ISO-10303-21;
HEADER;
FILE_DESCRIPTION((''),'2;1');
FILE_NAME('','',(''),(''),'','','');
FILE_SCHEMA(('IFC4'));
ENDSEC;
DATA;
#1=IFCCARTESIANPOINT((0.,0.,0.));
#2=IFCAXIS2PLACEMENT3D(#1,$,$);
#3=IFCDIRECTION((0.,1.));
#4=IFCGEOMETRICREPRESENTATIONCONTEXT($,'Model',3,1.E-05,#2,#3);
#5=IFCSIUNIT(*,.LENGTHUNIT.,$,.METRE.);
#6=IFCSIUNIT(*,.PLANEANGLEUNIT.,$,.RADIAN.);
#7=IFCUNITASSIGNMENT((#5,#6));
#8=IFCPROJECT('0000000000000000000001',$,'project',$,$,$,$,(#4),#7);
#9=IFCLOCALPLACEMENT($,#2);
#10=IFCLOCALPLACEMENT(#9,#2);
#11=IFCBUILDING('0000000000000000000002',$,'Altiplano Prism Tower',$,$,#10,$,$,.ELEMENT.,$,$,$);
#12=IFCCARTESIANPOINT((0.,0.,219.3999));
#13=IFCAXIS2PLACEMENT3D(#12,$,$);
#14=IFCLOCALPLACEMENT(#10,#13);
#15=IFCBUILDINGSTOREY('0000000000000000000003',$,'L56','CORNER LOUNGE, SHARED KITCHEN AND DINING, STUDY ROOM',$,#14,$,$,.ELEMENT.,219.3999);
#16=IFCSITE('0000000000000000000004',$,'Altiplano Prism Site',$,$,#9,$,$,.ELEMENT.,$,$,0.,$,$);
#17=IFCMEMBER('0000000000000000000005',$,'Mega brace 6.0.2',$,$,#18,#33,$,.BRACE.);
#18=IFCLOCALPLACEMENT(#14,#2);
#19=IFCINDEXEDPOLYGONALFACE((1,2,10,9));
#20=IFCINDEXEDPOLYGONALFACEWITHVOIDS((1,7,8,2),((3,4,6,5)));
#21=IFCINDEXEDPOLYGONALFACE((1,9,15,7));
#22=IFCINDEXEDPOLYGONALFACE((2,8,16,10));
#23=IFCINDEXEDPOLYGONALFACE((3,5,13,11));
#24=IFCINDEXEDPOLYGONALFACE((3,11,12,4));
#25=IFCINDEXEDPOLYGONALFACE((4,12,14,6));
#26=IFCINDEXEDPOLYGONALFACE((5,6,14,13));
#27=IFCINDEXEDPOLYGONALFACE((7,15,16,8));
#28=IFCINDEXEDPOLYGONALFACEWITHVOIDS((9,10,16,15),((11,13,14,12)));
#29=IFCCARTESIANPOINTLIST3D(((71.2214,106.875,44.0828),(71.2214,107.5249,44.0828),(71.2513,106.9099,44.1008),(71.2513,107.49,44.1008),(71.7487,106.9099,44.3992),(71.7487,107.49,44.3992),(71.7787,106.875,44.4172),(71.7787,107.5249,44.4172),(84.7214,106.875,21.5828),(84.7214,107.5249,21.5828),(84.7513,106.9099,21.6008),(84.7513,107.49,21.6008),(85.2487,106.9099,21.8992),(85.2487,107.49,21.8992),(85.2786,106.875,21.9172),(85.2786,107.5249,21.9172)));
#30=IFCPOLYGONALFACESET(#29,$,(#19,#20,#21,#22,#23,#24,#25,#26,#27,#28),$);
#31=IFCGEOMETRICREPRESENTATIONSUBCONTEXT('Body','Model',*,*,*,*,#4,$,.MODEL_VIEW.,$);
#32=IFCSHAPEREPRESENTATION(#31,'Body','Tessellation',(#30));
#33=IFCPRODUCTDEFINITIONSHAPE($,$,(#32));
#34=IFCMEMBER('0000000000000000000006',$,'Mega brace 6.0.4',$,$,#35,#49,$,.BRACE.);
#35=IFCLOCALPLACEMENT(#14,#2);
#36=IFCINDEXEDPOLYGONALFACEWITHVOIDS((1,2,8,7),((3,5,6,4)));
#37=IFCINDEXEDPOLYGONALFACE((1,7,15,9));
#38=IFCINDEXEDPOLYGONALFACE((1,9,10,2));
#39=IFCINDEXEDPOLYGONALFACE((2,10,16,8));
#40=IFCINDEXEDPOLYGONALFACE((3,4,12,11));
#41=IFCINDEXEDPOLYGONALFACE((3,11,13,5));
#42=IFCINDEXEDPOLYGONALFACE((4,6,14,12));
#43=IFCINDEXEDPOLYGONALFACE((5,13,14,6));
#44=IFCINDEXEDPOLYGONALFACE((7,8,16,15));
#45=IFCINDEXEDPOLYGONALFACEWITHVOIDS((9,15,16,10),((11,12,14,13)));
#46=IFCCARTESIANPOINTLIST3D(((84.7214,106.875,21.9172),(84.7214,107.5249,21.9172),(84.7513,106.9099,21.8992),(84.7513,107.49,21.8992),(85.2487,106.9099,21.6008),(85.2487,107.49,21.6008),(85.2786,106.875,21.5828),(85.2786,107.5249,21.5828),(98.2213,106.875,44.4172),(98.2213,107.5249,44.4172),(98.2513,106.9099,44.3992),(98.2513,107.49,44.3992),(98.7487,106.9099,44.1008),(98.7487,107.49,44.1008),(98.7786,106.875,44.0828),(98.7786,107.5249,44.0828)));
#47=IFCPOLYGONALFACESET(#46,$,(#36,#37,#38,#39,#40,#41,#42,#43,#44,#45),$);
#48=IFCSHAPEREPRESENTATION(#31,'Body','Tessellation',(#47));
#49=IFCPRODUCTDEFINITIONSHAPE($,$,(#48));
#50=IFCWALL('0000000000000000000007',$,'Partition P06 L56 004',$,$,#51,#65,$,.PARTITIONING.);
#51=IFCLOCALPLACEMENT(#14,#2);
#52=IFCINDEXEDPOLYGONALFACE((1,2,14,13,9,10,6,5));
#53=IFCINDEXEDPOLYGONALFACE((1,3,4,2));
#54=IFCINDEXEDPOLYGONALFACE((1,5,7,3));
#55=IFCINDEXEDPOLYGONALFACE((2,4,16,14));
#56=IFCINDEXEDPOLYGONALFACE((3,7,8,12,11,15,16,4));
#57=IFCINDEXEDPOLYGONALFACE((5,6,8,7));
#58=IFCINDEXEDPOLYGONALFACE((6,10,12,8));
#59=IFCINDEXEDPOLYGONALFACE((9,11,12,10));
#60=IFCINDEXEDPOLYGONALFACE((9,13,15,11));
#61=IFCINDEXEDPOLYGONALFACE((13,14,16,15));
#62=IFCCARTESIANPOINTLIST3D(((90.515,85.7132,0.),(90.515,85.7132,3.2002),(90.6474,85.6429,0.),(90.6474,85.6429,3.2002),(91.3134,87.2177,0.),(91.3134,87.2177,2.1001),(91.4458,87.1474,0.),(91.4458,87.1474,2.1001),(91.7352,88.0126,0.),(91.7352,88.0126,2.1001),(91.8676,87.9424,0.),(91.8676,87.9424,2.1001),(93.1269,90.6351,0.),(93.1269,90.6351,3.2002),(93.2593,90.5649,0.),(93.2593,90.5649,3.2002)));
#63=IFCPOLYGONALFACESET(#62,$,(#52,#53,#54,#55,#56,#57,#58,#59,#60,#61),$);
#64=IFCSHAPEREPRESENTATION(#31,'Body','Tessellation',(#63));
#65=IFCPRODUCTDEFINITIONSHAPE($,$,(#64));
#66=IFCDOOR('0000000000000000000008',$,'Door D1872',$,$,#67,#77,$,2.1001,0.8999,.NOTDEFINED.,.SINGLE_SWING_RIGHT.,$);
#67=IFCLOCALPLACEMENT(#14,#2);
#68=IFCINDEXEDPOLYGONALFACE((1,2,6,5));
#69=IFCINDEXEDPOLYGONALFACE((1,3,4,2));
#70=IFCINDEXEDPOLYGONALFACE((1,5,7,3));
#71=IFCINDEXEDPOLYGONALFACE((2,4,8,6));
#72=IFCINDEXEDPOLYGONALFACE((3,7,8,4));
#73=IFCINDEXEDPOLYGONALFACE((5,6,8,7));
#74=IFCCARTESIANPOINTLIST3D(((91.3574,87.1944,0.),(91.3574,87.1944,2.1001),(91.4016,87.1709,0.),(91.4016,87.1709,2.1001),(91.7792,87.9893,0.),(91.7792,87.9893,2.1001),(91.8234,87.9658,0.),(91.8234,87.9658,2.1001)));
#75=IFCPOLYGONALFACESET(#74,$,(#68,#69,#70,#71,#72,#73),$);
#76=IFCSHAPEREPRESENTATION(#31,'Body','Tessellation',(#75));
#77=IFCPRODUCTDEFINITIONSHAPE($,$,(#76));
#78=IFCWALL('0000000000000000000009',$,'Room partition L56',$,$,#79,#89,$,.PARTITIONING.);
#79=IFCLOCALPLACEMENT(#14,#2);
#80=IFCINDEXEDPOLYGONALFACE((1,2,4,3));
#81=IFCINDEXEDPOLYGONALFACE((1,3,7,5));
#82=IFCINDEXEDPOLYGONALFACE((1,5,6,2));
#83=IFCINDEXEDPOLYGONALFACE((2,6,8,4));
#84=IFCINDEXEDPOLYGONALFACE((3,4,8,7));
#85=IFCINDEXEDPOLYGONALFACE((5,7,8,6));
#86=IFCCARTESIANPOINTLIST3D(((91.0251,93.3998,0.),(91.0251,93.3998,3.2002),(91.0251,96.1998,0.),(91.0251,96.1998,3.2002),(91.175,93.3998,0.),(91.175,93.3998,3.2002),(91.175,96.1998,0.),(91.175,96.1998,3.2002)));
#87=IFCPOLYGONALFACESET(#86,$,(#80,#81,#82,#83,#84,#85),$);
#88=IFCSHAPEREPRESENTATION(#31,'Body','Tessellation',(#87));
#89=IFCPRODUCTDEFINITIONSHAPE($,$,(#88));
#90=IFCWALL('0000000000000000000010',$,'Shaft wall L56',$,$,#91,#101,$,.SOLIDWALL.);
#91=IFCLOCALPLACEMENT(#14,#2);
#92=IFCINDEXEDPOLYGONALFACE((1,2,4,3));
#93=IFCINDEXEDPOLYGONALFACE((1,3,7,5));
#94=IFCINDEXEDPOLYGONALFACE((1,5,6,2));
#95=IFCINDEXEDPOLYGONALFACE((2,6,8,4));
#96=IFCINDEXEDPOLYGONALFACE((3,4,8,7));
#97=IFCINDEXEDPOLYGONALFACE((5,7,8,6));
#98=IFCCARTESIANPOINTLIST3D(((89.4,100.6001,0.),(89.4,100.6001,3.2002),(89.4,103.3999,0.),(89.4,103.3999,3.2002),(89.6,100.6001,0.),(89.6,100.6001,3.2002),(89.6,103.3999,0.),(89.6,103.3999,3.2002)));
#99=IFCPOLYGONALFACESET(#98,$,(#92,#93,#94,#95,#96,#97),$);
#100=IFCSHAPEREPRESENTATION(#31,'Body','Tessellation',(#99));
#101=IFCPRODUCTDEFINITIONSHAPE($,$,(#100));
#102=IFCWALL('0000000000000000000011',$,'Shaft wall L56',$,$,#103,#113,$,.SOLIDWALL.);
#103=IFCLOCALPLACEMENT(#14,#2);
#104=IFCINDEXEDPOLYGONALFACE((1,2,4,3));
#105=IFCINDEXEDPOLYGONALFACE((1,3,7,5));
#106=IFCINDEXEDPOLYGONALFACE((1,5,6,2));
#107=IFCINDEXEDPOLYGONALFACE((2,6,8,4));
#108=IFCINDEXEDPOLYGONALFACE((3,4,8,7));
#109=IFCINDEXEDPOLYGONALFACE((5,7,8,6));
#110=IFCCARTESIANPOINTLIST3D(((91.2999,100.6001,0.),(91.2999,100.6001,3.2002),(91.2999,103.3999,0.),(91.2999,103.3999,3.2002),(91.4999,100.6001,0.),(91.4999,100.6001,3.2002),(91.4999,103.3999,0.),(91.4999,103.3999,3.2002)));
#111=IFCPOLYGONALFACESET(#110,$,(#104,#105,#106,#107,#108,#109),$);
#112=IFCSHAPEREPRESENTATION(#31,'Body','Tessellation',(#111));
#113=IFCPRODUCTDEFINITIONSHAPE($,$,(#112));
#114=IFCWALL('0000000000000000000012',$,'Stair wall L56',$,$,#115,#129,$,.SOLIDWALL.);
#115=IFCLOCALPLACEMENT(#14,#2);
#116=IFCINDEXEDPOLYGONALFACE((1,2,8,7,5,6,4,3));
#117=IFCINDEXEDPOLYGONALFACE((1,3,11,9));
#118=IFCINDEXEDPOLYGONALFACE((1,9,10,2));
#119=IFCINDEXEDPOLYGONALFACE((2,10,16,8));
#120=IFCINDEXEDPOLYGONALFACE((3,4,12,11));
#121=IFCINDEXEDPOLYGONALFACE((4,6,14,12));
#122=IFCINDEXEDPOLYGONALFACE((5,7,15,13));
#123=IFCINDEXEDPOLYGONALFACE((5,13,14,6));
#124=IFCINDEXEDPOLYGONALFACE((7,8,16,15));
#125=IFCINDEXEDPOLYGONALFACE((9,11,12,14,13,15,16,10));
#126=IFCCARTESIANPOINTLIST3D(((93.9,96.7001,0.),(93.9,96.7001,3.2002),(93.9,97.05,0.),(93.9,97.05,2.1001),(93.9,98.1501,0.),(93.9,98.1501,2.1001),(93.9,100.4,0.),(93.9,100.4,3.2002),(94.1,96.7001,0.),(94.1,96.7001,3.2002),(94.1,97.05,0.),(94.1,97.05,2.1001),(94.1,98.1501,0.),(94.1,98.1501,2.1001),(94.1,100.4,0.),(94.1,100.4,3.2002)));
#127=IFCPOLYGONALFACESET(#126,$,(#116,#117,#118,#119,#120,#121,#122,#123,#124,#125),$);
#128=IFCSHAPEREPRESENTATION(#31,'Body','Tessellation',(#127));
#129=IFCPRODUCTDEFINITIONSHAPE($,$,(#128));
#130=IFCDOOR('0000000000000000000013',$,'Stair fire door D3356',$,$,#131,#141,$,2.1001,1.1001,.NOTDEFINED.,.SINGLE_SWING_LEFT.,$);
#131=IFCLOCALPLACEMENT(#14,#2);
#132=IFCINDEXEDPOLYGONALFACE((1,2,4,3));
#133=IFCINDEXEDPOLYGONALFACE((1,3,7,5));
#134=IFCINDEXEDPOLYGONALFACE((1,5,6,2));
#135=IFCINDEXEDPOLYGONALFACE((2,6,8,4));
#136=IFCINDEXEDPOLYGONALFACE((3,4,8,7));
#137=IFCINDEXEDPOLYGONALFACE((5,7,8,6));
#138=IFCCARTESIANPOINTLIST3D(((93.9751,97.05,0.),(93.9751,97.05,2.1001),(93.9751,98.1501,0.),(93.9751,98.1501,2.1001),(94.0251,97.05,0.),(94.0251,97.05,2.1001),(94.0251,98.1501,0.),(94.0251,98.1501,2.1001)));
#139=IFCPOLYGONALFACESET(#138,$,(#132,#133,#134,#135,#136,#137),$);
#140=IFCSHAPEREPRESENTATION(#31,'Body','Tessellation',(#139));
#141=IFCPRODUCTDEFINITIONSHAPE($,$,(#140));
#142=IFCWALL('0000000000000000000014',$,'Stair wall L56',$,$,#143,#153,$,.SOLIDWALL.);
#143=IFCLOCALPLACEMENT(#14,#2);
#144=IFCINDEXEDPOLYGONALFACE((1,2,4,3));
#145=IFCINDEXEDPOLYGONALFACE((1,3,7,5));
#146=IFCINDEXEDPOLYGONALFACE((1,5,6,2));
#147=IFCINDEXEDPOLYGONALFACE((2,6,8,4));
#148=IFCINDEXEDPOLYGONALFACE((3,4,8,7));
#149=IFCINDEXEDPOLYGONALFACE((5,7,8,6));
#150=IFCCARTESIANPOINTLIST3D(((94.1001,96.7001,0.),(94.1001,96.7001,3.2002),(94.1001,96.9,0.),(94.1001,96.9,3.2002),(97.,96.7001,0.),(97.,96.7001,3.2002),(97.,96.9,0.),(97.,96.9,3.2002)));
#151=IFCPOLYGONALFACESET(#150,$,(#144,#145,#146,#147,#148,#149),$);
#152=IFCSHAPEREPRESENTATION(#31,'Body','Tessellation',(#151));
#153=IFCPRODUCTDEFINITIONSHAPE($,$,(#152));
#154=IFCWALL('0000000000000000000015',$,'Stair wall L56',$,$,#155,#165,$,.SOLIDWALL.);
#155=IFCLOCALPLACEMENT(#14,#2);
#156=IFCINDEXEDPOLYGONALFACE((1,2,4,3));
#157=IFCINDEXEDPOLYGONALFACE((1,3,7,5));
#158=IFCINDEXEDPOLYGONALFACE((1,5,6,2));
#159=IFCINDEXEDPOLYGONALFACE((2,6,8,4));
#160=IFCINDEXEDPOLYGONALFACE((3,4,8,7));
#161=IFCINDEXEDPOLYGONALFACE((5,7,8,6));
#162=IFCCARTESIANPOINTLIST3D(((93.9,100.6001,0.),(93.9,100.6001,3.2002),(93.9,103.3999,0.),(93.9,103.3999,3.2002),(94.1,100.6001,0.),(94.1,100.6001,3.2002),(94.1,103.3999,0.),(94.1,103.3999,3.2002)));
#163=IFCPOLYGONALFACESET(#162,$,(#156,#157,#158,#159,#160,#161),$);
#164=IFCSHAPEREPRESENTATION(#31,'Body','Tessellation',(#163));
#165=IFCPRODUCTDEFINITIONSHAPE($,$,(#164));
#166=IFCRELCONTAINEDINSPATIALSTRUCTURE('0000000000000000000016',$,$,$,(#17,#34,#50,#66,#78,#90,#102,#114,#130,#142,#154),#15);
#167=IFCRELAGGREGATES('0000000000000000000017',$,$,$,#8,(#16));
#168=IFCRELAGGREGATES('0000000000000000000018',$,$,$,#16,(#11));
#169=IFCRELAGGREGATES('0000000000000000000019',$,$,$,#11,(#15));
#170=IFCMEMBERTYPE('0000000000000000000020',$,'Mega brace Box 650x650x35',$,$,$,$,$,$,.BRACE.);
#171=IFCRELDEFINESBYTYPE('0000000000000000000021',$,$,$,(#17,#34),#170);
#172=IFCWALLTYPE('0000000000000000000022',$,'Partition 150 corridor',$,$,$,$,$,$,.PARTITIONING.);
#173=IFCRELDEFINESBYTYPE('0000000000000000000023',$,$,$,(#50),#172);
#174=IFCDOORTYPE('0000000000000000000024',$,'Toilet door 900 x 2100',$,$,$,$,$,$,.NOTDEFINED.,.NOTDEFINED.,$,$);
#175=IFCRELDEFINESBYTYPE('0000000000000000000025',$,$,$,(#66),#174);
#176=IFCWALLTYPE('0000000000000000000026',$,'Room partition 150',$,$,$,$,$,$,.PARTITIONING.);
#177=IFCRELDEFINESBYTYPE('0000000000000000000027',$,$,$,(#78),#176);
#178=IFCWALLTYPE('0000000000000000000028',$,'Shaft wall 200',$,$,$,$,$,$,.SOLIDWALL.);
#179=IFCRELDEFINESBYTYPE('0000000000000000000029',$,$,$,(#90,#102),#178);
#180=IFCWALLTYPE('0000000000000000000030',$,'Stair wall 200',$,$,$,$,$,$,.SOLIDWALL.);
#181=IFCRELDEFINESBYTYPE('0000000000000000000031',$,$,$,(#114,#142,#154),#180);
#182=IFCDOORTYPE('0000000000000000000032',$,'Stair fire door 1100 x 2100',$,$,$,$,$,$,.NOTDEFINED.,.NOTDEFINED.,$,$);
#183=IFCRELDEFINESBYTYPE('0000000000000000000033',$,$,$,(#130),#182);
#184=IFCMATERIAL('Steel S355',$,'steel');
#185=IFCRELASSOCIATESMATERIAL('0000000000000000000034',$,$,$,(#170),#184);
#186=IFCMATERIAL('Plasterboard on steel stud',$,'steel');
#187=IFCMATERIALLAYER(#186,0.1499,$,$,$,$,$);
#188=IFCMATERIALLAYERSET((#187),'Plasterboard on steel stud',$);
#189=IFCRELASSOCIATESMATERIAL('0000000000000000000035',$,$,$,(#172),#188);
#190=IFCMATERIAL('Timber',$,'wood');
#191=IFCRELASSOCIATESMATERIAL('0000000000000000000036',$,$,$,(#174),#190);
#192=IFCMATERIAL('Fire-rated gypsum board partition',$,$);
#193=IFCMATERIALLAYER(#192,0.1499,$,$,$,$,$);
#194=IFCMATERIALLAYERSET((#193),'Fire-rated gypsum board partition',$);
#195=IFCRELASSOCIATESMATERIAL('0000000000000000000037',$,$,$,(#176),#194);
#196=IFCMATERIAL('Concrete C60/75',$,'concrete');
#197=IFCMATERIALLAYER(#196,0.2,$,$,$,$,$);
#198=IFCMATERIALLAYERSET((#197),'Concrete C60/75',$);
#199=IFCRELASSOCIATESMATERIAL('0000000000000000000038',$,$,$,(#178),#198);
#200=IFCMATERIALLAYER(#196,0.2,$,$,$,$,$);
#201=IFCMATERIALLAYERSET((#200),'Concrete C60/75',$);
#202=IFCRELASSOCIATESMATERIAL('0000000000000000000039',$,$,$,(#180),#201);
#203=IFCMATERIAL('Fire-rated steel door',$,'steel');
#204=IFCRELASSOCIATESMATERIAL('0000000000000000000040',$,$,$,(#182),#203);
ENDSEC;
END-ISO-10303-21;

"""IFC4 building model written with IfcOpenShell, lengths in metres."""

from ifc_helpers import new_model, si_unit, direction, frame, frame_2d, origin, origin_2d, place, context, subcontext, project, spatial, rectangle, hollow_rectangle, extrude, material, layer, layer_set, material_profile, profile_set, type_object, element, fill, save


model = new_model("IFC4")

# Units and contexts
model_context = context("Model", 3, precision=1e-05, world=origin(), true_north=direction((0.0, 1.0)))
body_context = subcontext(model_context, "Body", "Model", "MODEL_VIEW")
ifc_project = project(units=[si_unit("LENGTHUNIT", "METRE"), si_unit("PLANEANGLEUNIT", "RADIAN")], contexts=[model_context])

# Site, building, storey
site_placement = place(None, origin())
site = spatial("IfcSite", under=ifc_project, at=site_placement, Name="Altiplano Prism Site", CompositionType="ELEMENT", RefElevation=0.0)
building_placement = place(site_placement, origin())
building = spatial("IfcBuilding", under=site, at=building_placement, Name="Altiplano Prism Tower", CompositionType="ELEMENT")
storey_placement = place(building_placement, frame((0.0, 0.0, 219.3999)))
storey = spatial("IfcBuildingStorey", under=building, at=storey_placement, Name="L56", Description="CORNER LOUNGE, SHARED KITCHEN AND DINING, STUDY ROOM", CompositionType="ELEMENT", Elevation=219.3999)

# Members
ifc_material_1 = material(Name="Steel S355", Category="steel")
ifc_material_profile = material_profile(ifc_material_1, hollow_rectangle(XDim=0.6499, YDim=0.6499, WallThickness=0.0349, at=origin_2d()), Name="Mega brace Box 650x650x35")
ifc_profile_set = profile_set([ifc_material_profile], Name="Steel S355")
member_type = type_object("IfcMemberType", Name="Mega brace Box 650x650x35", PredefinedType="BRACE", material=ifc_profile_set)
for number, where, z_axis, x_axis, name in (
    (1, (85.0, 107.2, 21.75), (-0.514496, 0.0, 0.857493), (0.0, -1.0, 0.0), "Mega brace 6.0.2"),
    (2, (85.0, 107.2, 21.75), (0.514496, 0.0, 0.857493), (0.0, 1.0, 0.0), "Mega brace 6.0.4"),
):
    element("IfcMember", number, at=place(storey_placement, frame(where, z_axis=z_axis, x_axis=x_axis)), inside=storey, type_object=member_type, Name=name, PredefinedType="BRACE", context=body_context, shape_type="SweptSolid", body=[
        extrude(hollow_rectangle(XDim=0.6499, YDim=0.6499, WallThickness=0.0349, at=origin_2d()), origin(), (0.0, 0.0, 1.0), 26.2393),
    ])

# Wall, opening, door
ifc_material_2 = material(Name="Plasterboard on steel stud", Category="steel")
ifc_layer_1 = layer(ifc_material_2, 0.1499)
ifc_layer_set_1 = layer_set([ifc_layer_1], Name="Plasterboard on steel stud")
wall_type_1 = type_object("IfcWallType", Name="Partition 150 corridor", PredefinedType="PARTITIONING", material=ifc_layer_set_1)
wall_1_placement = place(storey_placement, frame((93.1931, 90.6001, 0.0), z_axis=(0.0, 0.0, 1.0), x_axis=(-0.468745, -0.883333, 0.0)))
wall_1 = element("IfcWall", 3, at=wall_1_placement, inside=storey, type_object=wall_type_1, Name="Partition P06 L56 004", PredefinedType="PARTITIONING", context=body_context, shape_type="SweptSolid", body=[
    extrude(rectangle(XDim=5.572, YDim=0.1499, at=frame_2d((2.7861, 0.0))), origin(), (0.0, 0.0, 1.0), 3.2002),
])
opening_1_placement = place(wall_1_placement, frame((2.969, 0.0, 0.0)))
opening_1 = element("IfcOpeningElement", 4, at=opening_1_placement, cuts=wall_1, PredefinedType="OPENING", context=body_context, shape_type="SweptSolid", body=[
    extrude(rectangle(XDim=0.8999, YDim=2.1001, at=frame_2d((0.45, 1.05))), frame((0.0, 0.0854, 0.0), z_axis=(0.0, -1.0, 0.0), x_axis=(1.0, 0.0, 0.0)), (0.0, 0.0, 1.0), 0.1709),
])
ifc_material_3 = material(Name="Timber", Category="wood")
door_type_1 = type_object("IfcDoorType", Name="Toilet door 900 x 2100", OperationType="NOTDEFINED", PredefinedType="NOTDEFINED", material=ifc_material_3)
door_1_placement = place(opening_1_placement, origin())
door_1 = element("IfcDoor", 5, at=door_1_placement, inside=storey, type_object=door_type_1, Name="Door D1872", OperationType="SINGLE_SWING_RIGHT", OverallHeight=2.1001, OverallWidth=0.8999, PredefinedType="NOTDEFINED", context=body_context, shape_type="SweptSolid", body=[
    extrude(rectangle(XDim=0.8999, YDim=2.1001, at=frame_2d((0.45, 1.05))), frame((0.0, 0.0249, 0.0), z_axis=(0.0, -1.0, 0.0), x_axis=(1.0, 0.0, 0.0)), (0.0, 0.0, 1.0), 0.05),
])
fill(opening_1, door_1)

# Walls
ifc_material_4 = material(Name="Fire-rated gypsum board partition")
ifc_layer_2 = layer(ifc_material_4, 0.1499)
ifc_layer_set_2 = layer_set([ifc_layer_2], Name="Fire-rated gypsum board partition")
wall_type_2 = type_object("IfcWallType", Name="Room partition 150", PredefinedType="PARTITIONING", material=ifc_layer_set_2)
wall_2_placement = place(storey_placement, frame((91.1001, 93.3999, 0.0), z_axis=(0.0, 0.0, 1.0), x_axis=(0.0, 1.0, 0.0)))
element("IfcWall", 6, at=wall_2_placement, inside=storey, type_object=wall_type_2, Name="Room partition L56", PredefinedType="PARTITIONING", context=body_context, shape_type="SweptSolid", body=[
    extrude(rectangle(XDim=2.8, YDim=0.1499, at=frame_2d((1.3999, 0.0))), origin(), (0.0, 0.0, 1.0), 3.2002),
])
ifc_material_5 = material(Name="Concrete C60/75", Category="concrete")
ifc_layer_3 = layer(ifc_material_5, 0.2)
ifc_layer_set_3 = layer_set([ifc_layer_3], Name="Concrete C60/75")
wall_type_3 = type_object("IfcWallType", Name="Shaft wall 200", PredefinedType="SOLIDWALL", material=ifc_layer_set_3)
for number, where, z_axis, x_axis, name in (
    (7, (89.5, 100.6001, 0.0), (0.0, 0.0, 1.0), (0.0, 1.0, 0.0), "Shaft wall L56"),
    (8, (91.3999, 100.6001, 0.0), (0.0, 0.0, 1.0), (0.0, 1.0, 0.0), "Shaft wall L56"),
):
    element("IfcWall", number, at=place(storey_placement, frame(where, z_axis=z_axis, x_axis=x_axis)), inside=storey, type_object=wall_type_3, Name=name, PredefinedType="SOLIDWALL", context=body_context, shape_type="SweptSolid", body=[
        extrude(rectangle(XDim=2.7998, YDim=0.2, at=frame_2d((1.3999, 0.0))), origin(), (0.0, 0.0, 1.0), 3.2002),
    ])

# Wall, opening, door
ifc_layer_4 = layer(ifc_material_5, 0.2)
ifc_layer_set_4 = layer_set([ifc_layer_4], Name="Concrete C60/75")
wall_type_4 = type_object("IfcWallType", Name="Stair wall 200", PredefinedType="SOLIDWALL", material=ifc_layer_set_4)
wall_3_placement = place(storey_placement, frame((94.0, 96.7, 0.0), z_axis=(0.0, 0.0, 1.0), x_axis=(0.0, 1.0, 0.0)))
wall_3 = element("IfcWall", 9, at=wall_3_placement, inside=storey, type_object=wall_type_4, Name="Stair wall L56", PredefinedType="SOLIDWALL", context=body_context, shape_type="SweptSolid", body=[
    extrude(rectangle(XDim=3.7, YDim=0.2, at=frame_2d((1.8501, 0.0))), origin(), (0.0, 0.0, 1.0), 3.2002),
])
opening_2_placement = place(wall_3_placement, frame((0.3501, 0.0, 0.0)))
opening_2 = element("IfcOpeningElement", 10, at=opening_2_placement, cuts=wall_3, PredefinedType="OPENING", context=body_context, shape_type="SweptSolid", body=[
    extrude(rectangle(XDim=1.1001, YDim=2.1001, at=frame_2d((0.55, 1.05))), frame((0.0, 0.1104, 0.0), z_axis=(0.0, -1.0, 0.0), x_axis=(1.0, 0.0, 0.0)), (0.0, 0.0, 1.0), 0.2209),
])
ifc_material_6 = material(Name="Fire-rated steel door", Category="steel")
door_type_2 = type_object("IfcDoorType", Name="Stair fire door 1100 x 2100", OperationType="NOTDEFINED", PredefinedType="NOTDEFINED", material=ifc_material_6)
door_2_placement = place(opening_2_placement, origin())
door_2 = element("IfcDoor", 11, at=door_2_placement, inside=storey, type_object=door_type_2, Name="Stair fire door D3356", OperationType="SINGLE_SWING_LEFT", OverallHeight=2.1001, OverallWidth=1.1001, PredefinedType="NOTDEFINED", context=body_context, shape_type="SweptSolid", body=[
    extrude(rectangle(XDim=1.1001, YDim=2.1001, at=frame_2d((0.55, 1.05))), frame((0.0, 0.0249, 0.0), z_axis=(0.0, -1.0, 0.0), x_axis=(1.0, 0.0, 0.0)), (0.0, 0.0, 1.0), 0.05),
])
fill(opening_2, door_2)

# Walls
wall_4_placement = place(storey_placement, frame((94.1001, 96.8, 0.0), z_axis=(0.0, 0.0, 1.0), x_axis=(1.0, 0.0, 0.0)))
element("IfcWall", 12, at=wall_4_placement, inside=storey, type_object=wall_type_4, Name="Stair wall L56", PredefinedType="SOLIDWALL", context=body_context, shape_type="SweptSolid", body=[
    extrude(rectangle(XDim=2.8999, YDim=0.2, at=frame_2d((1.45, 0.0))), origin(), (0.0, 0.0, 1.0), 3.2002),
])
wall_5_placement = place(storey_placement, frame((94.0, 100.6001, 0.0), z_axis=(0.0, 0.0, 1.0), x_axis=(0.0, 1.0, 0.0)))
element("IfcWall", 13, at=wall_5_placement, inside=storey, type_object=wall_type_4, Name="Stair wall L56", PredefinedType="SOLIDWALL", context=body_context, shape_type="SweptSolid", body=[
    extrude(rectangle(XDim=2.7998, YDim=0.2, at=frame_2d((1.3999, 0.0))), origin(), (0.0, 0.0, 1.0), 3.2002),
])

save(model, "model.ifc")
